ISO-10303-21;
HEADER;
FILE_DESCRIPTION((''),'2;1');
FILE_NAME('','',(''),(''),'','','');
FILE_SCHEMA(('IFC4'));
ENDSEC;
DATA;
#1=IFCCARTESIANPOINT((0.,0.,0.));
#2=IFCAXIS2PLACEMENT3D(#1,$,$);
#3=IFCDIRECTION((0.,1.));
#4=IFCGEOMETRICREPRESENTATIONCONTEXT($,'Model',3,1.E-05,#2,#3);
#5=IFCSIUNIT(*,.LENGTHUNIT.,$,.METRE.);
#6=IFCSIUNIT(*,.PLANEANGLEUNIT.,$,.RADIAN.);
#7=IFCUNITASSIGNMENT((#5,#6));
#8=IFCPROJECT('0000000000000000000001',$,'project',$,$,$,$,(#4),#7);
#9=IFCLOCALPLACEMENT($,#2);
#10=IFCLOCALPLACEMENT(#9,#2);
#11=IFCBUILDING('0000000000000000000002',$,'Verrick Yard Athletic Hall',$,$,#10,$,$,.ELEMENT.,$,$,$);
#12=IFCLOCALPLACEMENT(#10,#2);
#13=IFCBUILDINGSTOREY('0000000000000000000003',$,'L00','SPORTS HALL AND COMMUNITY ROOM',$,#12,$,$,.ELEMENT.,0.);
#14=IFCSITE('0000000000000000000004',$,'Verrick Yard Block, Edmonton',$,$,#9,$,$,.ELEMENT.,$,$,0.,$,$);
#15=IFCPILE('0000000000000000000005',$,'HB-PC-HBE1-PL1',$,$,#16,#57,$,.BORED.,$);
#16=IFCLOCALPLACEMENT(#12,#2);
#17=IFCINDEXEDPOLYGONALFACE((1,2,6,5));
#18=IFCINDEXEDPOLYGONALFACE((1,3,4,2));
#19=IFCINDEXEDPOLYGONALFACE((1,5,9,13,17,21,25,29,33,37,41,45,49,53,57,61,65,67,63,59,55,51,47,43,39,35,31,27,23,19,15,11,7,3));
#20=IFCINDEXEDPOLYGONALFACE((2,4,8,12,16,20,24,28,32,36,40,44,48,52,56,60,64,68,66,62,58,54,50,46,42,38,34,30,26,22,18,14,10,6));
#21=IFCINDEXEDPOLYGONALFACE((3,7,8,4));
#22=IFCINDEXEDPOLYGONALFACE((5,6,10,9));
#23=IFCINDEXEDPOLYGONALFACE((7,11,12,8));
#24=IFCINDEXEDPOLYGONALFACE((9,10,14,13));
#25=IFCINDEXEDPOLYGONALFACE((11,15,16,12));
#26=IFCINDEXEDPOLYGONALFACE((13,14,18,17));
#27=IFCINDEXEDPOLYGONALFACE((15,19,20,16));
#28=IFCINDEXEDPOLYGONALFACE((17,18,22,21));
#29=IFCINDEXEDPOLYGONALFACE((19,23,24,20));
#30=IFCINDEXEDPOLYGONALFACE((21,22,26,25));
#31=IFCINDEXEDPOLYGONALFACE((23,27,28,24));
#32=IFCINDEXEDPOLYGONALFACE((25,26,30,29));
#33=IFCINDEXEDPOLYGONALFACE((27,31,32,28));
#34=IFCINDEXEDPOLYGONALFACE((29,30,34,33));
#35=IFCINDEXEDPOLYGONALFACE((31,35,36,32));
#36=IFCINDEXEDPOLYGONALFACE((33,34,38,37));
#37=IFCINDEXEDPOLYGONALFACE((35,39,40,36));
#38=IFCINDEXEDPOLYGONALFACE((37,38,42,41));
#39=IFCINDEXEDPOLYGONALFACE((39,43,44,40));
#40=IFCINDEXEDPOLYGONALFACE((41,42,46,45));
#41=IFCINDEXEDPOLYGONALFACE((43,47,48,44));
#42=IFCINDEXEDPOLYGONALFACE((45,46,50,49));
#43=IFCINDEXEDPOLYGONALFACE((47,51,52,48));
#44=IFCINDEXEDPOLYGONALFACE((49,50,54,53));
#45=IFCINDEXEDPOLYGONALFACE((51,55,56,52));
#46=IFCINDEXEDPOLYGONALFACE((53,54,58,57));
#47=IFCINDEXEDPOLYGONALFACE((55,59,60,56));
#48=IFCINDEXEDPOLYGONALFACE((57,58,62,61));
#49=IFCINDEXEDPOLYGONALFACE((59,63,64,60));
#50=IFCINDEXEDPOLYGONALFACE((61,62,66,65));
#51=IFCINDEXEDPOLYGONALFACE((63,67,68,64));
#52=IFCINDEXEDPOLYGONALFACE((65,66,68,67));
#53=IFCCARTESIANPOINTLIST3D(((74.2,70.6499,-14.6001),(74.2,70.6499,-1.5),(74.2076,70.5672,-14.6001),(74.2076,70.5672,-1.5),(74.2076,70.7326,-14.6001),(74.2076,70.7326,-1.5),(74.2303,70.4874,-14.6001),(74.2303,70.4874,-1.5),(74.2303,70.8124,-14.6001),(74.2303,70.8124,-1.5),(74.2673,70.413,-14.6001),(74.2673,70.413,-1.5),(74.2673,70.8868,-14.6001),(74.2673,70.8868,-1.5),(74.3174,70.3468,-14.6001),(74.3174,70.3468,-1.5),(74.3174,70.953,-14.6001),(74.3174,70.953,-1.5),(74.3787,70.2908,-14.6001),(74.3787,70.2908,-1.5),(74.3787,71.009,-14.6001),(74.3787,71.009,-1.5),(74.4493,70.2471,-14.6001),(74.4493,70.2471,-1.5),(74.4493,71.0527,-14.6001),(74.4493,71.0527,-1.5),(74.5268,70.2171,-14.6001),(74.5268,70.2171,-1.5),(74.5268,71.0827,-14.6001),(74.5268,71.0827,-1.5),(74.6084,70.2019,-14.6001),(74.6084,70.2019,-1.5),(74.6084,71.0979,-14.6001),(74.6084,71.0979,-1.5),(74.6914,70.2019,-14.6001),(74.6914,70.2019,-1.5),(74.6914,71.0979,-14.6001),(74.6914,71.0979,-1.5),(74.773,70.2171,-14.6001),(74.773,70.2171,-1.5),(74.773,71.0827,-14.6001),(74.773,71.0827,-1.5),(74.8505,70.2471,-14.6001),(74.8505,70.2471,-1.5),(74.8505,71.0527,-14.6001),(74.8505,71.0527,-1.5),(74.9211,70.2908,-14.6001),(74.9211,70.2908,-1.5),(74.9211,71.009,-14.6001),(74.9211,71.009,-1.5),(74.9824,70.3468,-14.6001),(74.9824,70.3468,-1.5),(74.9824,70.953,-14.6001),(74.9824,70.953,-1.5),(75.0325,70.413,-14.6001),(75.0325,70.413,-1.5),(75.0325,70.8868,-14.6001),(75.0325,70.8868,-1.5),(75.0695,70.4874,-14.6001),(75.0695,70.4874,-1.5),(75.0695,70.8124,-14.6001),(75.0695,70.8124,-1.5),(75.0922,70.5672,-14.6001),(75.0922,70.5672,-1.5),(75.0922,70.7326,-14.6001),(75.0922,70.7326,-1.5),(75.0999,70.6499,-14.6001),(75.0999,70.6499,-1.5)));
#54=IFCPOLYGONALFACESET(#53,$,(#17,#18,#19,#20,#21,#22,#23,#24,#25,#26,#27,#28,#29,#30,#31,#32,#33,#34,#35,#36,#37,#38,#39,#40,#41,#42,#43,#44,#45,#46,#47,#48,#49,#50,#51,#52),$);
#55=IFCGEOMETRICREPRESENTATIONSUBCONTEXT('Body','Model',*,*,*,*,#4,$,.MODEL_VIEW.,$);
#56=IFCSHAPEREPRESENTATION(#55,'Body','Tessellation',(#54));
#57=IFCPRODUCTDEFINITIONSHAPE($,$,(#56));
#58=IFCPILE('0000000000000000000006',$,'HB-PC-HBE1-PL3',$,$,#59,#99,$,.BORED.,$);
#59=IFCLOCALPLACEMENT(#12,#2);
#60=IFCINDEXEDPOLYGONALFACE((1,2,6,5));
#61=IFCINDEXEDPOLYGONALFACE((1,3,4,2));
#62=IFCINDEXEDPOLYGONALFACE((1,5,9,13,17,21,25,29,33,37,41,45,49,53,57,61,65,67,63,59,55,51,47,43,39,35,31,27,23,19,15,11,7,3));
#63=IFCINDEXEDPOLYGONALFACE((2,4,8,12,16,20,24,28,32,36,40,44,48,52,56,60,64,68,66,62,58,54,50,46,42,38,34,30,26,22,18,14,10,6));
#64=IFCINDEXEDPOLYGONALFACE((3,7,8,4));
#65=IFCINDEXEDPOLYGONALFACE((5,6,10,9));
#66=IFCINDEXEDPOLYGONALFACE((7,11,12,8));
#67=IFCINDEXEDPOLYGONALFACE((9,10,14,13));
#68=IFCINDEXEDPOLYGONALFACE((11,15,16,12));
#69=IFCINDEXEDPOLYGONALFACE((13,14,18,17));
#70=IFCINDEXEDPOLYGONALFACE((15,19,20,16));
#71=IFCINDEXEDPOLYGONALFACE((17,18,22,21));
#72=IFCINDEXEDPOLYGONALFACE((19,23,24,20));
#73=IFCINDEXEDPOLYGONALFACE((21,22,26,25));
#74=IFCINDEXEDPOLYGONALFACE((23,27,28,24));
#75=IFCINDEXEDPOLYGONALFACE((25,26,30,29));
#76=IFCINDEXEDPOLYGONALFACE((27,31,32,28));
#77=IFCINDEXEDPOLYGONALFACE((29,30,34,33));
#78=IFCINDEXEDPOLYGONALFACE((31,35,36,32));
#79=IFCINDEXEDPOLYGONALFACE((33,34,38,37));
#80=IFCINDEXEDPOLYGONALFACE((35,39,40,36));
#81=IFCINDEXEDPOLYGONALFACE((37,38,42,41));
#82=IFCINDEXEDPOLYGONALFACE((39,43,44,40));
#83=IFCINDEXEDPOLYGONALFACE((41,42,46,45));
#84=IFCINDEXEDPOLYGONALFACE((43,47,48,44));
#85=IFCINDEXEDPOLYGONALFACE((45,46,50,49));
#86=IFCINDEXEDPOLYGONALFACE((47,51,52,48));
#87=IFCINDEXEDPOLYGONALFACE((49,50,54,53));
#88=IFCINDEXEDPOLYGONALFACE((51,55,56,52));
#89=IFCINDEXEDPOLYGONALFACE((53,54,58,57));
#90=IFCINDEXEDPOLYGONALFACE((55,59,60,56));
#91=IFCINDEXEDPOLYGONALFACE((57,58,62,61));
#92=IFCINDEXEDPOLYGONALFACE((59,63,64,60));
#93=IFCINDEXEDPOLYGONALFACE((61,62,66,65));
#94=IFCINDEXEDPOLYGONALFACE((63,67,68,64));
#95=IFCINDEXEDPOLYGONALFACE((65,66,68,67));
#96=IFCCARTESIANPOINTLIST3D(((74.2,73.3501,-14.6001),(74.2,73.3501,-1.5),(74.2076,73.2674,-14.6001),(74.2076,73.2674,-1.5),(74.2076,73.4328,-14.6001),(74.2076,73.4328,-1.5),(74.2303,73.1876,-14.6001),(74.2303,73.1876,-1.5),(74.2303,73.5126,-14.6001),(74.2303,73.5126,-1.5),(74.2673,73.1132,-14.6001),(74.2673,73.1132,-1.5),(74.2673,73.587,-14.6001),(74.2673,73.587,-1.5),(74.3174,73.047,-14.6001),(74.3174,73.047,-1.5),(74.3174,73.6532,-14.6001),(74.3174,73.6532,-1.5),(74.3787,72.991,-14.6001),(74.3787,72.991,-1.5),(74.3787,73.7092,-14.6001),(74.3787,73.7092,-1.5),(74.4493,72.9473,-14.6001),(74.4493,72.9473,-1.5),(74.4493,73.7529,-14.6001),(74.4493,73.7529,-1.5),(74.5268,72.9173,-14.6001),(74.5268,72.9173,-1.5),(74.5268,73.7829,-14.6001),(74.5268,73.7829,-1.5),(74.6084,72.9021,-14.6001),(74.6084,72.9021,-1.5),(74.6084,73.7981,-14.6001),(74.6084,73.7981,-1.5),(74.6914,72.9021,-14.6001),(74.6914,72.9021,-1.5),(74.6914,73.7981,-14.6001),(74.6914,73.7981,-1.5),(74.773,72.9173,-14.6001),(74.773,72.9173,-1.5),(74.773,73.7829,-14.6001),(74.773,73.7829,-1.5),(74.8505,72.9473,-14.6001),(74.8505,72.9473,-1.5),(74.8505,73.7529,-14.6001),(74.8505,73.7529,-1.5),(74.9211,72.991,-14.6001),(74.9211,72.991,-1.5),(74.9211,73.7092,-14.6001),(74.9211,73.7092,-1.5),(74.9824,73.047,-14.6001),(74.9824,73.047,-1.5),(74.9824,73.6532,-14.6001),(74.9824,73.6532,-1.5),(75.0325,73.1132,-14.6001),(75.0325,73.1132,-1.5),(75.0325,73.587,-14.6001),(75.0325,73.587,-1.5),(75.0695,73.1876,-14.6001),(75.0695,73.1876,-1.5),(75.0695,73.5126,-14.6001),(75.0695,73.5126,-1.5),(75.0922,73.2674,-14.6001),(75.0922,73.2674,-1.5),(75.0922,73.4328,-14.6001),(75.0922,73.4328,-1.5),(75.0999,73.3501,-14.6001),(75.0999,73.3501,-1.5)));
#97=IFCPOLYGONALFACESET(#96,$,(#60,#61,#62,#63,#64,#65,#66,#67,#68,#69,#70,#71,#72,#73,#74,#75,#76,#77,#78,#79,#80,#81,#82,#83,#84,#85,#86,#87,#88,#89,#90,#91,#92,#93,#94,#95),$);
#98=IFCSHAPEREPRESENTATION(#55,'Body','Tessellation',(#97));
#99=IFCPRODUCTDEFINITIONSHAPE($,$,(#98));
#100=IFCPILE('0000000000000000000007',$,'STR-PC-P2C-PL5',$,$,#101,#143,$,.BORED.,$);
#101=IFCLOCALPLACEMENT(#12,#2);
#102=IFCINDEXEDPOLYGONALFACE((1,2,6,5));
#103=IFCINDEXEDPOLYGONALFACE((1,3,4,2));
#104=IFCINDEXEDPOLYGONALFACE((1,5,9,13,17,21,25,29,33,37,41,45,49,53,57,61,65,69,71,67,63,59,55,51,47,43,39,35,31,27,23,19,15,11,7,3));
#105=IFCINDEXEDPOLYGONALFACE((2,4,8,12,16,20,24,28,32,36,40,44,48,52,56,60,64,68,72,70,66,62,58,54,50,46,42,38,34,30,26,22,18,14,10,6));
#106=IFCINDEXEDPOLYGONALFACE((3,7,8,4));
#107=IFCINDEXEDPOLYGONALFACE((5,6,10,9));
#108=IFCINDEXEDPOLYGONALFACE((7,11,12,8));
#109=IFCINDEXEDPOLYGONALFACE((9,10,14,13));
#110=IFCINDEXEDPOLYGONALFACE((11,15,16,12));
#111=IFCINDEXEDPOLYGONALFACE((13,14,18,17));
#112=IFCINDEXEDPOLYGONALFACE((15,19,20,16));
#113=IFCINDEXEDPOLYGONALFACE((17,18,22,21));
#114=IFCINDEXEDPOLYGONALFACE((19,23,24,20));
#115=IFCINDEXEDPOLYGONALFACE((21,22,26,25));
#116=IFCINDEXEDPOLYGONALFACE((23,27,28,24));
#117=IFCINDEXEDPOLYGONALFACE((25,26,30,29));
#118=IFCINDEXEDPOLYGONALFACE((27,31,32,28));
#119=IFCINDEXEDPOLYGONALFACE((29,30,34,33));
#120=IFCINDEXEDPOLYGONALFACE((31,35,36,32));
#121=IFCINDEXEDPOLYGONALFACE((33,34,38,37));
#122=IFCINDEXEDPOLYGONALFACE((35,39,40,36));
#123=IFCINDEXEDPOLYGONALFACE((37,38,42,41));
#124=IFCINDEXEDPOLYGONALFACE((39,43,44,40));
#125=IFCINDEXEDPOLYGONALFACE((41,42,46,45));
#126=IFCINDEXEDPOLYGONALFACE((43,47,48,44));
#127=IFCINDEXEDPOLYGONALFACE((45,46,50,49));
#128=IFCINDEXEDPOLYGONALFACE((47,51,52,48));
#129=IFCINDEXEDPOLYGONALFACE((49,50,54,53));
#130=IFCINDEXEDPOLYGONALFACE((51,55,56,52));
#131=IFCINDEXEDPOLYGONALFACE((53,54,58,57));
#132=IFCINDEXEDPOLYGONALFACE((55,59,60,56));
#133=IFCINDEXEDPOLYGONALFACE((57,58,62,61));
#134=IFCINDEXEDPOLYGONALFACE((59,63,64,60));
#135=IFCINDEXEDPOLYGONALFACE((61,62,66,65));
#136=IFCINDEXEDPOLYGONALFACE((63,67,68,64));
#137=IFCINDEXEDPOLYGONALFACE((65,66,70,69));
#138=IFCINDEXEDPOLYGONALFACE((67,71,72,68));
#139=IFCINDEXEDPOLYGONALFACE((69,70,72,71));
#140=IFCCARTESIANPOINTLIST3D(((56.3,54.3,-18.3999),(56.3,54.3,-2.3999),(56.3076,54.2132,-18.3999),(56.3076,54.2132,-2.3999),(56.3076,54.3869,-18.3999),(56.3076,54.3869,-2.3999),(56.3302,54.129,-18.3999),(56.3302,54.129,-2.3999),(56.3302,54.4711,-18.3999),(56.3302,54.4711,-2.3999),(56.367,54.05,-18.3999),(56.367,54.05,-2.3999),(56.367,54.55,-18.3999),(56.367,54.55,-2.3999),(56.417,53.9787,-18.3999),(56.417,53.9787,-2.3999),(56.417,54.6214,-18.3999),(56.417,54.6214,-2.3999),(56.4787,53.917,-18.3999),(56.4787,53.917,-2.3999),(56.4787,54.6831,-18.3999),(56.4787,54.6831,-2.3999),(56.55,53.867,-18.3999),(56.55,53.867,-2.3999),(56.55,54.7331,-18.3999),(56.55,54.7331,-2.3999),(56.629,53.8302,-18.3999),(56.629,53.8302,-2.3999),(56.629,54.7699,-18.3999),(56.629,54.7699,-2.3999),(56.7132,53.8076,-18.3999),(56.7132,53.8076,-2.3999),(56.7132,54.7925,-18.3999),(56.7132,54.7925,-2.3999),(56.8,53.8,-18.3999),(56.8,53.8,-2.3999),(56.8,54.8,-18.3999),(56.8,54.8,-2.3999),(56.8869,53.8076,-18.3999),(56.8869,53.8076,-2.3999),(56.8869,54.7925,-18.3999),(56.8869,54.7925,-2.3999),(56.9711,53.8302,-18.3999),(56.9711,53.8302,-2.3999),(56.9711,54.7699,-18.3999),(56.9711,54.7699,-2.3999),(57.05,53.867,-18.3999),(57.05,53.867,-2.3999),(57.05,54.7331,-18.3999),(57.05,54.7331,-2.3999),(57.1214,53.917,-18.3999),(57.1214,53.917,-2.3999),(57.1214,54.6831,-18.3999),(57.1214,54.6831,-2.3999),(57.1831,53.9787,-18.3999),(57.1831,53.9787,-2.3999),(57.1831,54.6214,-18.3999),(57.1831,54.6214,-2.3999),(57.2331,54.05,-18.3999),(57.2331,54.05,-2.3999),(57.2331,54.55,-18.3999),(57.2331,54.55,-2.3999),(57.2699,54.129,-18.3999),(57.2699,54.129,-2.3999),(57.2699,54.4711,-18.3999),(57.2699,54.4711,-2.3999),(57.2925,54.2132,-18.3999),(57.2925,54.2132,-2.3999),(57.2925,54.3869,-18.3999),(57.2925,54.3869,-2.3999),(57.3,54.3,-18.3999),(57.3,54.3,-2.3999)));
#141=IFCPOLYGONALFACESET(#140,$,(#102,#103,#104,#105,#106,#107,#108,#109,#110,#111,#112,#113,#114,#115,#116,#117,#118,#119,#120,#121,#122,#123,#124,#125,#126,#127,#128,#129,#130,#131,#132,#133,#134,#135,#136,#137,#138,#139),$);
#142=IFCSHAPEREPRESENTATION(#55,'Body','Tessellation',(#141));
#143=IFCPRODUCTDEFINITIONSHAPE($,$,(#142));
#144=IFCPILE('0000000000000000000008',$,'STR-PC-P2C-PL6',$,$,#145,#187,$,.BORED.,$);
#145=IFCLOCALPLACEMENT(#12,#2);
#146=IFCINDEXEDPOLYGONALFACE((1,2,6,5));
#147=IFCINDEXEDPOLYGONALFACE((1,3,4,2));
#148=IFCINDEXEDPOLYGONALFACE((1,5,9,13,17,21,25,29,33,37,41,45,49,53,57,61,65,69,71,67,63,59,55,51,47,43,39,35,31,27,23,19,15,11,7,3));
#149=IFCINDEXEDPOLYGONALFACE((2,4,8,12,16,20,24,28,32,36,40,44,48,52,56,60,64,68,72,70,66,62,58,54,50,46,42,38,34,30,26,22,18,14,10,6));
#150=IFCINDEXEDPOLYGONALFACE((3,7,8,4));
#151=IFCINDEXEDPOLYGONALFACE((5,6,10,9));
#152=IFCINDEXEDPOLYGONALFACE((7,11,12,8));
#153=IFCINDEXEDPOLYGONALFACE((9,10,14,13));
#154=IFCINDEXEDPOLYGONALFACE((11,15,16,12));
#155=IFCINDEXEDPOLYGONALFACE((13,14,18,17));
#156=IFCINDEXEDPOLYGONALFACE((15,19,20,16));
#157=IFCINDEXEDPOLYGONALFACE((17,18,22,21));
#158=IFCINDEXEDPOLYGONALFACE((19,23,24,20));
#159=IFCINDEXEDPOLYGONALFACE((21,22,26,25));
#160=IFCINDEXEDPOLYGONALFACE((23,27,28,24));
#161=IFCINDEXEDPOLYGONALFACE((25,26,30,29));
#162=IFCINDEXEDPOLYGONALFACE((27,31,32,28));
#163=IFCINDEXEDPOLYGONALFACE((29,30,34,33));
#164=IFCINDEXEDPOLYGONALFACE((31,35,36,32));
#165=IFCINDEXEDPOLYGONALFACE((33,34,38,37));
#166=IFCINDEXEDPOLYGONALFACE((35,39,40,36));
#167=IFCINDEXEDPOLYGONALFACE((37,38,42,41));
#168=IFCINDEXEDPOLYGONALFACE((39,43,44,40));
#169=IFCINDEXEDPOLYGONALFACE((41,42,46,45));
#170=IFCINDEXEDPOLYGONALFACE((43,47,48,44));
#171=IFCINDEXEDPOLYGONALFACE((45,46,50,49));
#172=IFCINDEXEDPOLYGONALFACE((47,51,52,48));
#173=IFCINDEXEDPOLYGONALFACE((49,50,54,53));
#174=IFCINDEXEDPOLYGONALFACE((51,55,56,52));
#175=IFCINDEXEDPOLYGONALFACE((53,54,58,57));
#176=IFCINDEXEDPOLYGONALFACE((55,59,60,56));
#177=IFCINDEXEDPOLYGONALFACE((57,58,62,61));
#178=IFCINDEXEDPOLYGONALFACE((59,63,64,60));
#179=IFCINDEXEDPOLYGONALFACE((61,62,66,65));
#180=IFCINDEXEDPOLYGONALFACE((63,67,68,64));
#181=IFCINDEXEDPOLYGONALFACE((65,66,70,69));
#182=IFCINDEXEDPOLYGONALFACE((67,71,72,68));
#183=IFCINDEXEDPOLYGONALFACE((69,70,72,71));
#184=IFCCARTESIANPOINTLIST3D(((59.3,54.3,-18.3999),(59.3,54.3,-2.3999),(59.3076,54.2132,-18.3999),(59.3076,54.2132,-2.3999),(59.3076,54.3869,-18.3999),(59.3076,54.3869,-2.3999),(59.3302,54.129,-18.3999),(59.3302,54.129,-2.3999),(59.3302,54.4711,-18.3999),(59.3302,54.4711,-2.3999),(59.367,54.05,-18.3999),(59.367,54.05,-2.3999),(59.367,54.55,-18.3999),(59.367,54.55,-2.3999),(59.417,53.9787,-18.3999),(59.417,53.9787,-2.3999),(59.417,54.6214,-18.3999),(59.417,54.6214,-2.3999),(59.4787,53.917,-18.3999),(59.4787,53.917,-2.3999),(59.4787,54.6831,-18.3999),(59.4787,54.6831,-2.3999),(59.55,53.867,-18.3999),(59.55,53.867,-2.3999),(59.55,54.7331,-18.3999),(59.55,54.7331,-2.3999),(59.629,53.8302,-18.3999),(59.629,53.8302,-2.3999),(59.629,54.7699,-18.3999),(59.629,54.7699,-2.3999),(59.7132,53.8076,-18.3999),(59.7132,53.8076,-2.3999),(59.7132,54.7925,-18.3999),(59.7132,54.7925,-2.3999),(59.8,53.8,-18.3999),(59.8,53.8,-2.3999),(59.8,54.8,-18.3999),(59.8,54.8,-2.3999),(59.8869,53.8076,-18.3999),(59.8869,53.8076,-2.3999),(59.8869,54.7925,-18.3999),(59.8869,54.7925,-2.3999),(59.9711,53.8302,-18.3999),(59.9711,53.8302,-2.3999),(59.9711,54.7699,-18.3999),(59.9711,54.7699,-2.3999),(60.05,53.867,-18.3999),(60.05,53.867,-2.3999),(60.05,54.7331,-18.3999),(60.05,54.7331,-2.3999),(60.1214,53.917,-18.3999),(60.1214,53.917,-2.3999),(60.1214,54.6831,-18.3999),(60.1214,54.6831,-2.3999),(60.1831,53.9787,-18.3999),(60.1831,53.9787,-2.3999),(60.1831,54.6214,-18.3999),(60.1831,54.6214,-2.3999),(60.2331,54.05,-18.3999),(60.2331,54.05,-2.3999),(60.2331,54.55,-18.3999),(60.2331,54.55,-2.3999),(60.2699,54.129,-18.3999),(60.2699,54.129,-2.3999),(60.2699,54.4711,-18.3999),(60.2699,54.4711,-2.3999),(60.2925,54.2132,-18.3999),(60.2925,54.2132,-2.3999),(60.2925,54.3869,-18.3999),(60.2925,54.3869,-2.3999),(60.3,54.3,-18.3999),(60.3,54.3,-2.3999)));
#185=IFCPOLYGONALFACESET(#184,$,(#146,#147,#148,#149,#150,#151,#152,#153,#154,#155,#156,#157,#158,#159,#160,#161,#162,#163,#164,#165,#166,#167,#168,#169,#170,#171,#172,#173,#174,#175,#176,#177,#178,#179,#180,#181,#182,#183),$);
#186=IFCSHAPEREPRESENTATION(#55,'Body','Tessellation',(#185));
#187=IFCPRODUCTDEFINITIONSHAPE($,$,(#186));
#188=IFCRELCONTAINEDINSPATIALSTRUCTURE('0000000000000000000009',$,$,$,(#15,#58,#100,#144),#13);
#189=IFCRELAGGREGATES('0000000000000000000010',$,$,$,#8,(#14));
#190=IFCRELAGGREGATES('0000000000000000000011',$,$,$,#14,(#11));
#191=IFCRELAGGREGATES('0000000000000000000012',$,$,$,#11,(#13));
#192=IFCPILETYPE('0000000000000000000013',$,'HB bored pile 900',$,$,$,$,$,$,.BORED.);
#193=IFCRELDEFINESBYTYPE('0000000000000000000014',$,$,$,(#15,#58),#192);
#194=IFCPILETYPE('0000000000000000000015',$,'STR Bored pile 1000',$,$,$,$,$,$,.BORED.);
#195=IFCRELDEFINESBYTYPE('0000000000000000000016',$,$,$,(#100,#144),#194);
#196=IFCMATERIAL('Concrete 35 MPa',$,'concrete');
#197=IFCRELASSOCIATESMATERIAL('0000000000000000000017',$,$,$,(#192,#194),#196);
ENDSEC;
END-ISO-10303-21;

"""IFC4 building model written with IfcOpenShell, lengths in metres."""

from ifc_helpers import new_model, si_unit, direction, frame, origin, origin_2d, place, context, subcontext, project, spatial, circle, extrude, material, material_profile, profile_set, type_object, element, save


model = new_model("IFC4")

# Units and contexts
model_context = context("Model", 3, precision=1e-05, world=origin(), true_north=direction((0.0, 1.0)))
body_context = subcontext(model_context, "Body", "Model", "MODEL_VIEW")
ifc_project = project(units=[si_unit("LENGTHUNIT", "METRE"), si_unit("PLANEANGLEUNIT", "RADIAN")], contexts=[model_context])

# Site, building, storey
site_placement = place(None, origin())
site = spatial("IfcSite", under=ifc_project, at=site_placement, Name="Verrick Yard Block, Edmonton", CompositionType="ELEMENT", RefElevation=0.0)
building_placement = place(site_placement, origin())
building = spatial("IfcBuilding", under=site, at=building_placement, Name="Verrick Yard Athletic Hall", CompositionType="ELEMENT")
storey_placement = place(building_placement, origin())
storey = spatial("IfcBuildingStorey", under=building, at=storey_placement, Name="L00", Description="SPORTS HALL AND COMMUNITY ROOM", CompositionType="ELEMENT", Elevation=0.0)

# Piles
ifc_material_1 = material(Name="Concrete 35 MPa", Category="concrete")
ifc_material_profile_1 = material_profile(ifc_material_1, circle(Radius=0.45, at=origin_2d()), Name="Bored pile 900")
ifc_profile_set_1 = profile_set([ifc_material_profile_1], Name="Concrete 35 MPa")
pile_type_1 = type_object("IfcPileType", Name="HB bored pile 900", PredefinedType="BORED", material=ifc_profile_set_1)
for number, where, z_axis, x_axis, name in (
    (1, (74.6499, 70.6499, -1.5), (0.0, 0.0, -1.0), (1.0, 0.0, 0.0), "HB-PC-HBE1-PL1"),
    (2, (74.6499, 73.3501, -1.5), (0.0, 0.0, -1.0), (1.0, 0.0, 0.0), "HB-PC-HBE1-PL3"),
):
    element("IfcPile", number, at=place(storey_placement, frame(where, z_axis=z_axis, x_axis=x_axis)), inside=storey, type_object=pile_type_1, Name=name, PredefinedType="BORED", context=body_context, shape_type="SweptSolid", body=[
        extrude(circle(Radius=0.45, at=origin_2d()), origin(), (0.0, 0.0, 1.0), 13.1001),
    ])
pile_type_2 = type_object("IfcPileType", Name="STR Bored pile 1000", PredefinedType="BORED", material=ifc_material_1)
for number, where, z_axis, x_axis, name in (
    (3, (56.8, 54.3, -2.3999), (0.0, 0.0, -1.0), (1.0, 0.0, 0.0), "STR-PC-P2C-PL5"),
    (4, (59.8, 54.3, -2.3999), (0.0, 0.0, -1.0), (1.0, 0.0, 0.0), "STR-PC-P2C-PL6"),
):
    element("IfcPile", number, at=place(storey_placement, frame(where, z_axis=z_axis, x_axis=x_axis)), inside=storey, type_object=pile_type_2, Name=name, PredefinedType="BORED", context=body_context, shape_type="SweptSolid", body=[
        extrude(circle(Radius=0.5, at=origin_2d()), origin(), (0.0, 0.0, 1.0), 16.0),
    ])

save(model, "model.ifc")
